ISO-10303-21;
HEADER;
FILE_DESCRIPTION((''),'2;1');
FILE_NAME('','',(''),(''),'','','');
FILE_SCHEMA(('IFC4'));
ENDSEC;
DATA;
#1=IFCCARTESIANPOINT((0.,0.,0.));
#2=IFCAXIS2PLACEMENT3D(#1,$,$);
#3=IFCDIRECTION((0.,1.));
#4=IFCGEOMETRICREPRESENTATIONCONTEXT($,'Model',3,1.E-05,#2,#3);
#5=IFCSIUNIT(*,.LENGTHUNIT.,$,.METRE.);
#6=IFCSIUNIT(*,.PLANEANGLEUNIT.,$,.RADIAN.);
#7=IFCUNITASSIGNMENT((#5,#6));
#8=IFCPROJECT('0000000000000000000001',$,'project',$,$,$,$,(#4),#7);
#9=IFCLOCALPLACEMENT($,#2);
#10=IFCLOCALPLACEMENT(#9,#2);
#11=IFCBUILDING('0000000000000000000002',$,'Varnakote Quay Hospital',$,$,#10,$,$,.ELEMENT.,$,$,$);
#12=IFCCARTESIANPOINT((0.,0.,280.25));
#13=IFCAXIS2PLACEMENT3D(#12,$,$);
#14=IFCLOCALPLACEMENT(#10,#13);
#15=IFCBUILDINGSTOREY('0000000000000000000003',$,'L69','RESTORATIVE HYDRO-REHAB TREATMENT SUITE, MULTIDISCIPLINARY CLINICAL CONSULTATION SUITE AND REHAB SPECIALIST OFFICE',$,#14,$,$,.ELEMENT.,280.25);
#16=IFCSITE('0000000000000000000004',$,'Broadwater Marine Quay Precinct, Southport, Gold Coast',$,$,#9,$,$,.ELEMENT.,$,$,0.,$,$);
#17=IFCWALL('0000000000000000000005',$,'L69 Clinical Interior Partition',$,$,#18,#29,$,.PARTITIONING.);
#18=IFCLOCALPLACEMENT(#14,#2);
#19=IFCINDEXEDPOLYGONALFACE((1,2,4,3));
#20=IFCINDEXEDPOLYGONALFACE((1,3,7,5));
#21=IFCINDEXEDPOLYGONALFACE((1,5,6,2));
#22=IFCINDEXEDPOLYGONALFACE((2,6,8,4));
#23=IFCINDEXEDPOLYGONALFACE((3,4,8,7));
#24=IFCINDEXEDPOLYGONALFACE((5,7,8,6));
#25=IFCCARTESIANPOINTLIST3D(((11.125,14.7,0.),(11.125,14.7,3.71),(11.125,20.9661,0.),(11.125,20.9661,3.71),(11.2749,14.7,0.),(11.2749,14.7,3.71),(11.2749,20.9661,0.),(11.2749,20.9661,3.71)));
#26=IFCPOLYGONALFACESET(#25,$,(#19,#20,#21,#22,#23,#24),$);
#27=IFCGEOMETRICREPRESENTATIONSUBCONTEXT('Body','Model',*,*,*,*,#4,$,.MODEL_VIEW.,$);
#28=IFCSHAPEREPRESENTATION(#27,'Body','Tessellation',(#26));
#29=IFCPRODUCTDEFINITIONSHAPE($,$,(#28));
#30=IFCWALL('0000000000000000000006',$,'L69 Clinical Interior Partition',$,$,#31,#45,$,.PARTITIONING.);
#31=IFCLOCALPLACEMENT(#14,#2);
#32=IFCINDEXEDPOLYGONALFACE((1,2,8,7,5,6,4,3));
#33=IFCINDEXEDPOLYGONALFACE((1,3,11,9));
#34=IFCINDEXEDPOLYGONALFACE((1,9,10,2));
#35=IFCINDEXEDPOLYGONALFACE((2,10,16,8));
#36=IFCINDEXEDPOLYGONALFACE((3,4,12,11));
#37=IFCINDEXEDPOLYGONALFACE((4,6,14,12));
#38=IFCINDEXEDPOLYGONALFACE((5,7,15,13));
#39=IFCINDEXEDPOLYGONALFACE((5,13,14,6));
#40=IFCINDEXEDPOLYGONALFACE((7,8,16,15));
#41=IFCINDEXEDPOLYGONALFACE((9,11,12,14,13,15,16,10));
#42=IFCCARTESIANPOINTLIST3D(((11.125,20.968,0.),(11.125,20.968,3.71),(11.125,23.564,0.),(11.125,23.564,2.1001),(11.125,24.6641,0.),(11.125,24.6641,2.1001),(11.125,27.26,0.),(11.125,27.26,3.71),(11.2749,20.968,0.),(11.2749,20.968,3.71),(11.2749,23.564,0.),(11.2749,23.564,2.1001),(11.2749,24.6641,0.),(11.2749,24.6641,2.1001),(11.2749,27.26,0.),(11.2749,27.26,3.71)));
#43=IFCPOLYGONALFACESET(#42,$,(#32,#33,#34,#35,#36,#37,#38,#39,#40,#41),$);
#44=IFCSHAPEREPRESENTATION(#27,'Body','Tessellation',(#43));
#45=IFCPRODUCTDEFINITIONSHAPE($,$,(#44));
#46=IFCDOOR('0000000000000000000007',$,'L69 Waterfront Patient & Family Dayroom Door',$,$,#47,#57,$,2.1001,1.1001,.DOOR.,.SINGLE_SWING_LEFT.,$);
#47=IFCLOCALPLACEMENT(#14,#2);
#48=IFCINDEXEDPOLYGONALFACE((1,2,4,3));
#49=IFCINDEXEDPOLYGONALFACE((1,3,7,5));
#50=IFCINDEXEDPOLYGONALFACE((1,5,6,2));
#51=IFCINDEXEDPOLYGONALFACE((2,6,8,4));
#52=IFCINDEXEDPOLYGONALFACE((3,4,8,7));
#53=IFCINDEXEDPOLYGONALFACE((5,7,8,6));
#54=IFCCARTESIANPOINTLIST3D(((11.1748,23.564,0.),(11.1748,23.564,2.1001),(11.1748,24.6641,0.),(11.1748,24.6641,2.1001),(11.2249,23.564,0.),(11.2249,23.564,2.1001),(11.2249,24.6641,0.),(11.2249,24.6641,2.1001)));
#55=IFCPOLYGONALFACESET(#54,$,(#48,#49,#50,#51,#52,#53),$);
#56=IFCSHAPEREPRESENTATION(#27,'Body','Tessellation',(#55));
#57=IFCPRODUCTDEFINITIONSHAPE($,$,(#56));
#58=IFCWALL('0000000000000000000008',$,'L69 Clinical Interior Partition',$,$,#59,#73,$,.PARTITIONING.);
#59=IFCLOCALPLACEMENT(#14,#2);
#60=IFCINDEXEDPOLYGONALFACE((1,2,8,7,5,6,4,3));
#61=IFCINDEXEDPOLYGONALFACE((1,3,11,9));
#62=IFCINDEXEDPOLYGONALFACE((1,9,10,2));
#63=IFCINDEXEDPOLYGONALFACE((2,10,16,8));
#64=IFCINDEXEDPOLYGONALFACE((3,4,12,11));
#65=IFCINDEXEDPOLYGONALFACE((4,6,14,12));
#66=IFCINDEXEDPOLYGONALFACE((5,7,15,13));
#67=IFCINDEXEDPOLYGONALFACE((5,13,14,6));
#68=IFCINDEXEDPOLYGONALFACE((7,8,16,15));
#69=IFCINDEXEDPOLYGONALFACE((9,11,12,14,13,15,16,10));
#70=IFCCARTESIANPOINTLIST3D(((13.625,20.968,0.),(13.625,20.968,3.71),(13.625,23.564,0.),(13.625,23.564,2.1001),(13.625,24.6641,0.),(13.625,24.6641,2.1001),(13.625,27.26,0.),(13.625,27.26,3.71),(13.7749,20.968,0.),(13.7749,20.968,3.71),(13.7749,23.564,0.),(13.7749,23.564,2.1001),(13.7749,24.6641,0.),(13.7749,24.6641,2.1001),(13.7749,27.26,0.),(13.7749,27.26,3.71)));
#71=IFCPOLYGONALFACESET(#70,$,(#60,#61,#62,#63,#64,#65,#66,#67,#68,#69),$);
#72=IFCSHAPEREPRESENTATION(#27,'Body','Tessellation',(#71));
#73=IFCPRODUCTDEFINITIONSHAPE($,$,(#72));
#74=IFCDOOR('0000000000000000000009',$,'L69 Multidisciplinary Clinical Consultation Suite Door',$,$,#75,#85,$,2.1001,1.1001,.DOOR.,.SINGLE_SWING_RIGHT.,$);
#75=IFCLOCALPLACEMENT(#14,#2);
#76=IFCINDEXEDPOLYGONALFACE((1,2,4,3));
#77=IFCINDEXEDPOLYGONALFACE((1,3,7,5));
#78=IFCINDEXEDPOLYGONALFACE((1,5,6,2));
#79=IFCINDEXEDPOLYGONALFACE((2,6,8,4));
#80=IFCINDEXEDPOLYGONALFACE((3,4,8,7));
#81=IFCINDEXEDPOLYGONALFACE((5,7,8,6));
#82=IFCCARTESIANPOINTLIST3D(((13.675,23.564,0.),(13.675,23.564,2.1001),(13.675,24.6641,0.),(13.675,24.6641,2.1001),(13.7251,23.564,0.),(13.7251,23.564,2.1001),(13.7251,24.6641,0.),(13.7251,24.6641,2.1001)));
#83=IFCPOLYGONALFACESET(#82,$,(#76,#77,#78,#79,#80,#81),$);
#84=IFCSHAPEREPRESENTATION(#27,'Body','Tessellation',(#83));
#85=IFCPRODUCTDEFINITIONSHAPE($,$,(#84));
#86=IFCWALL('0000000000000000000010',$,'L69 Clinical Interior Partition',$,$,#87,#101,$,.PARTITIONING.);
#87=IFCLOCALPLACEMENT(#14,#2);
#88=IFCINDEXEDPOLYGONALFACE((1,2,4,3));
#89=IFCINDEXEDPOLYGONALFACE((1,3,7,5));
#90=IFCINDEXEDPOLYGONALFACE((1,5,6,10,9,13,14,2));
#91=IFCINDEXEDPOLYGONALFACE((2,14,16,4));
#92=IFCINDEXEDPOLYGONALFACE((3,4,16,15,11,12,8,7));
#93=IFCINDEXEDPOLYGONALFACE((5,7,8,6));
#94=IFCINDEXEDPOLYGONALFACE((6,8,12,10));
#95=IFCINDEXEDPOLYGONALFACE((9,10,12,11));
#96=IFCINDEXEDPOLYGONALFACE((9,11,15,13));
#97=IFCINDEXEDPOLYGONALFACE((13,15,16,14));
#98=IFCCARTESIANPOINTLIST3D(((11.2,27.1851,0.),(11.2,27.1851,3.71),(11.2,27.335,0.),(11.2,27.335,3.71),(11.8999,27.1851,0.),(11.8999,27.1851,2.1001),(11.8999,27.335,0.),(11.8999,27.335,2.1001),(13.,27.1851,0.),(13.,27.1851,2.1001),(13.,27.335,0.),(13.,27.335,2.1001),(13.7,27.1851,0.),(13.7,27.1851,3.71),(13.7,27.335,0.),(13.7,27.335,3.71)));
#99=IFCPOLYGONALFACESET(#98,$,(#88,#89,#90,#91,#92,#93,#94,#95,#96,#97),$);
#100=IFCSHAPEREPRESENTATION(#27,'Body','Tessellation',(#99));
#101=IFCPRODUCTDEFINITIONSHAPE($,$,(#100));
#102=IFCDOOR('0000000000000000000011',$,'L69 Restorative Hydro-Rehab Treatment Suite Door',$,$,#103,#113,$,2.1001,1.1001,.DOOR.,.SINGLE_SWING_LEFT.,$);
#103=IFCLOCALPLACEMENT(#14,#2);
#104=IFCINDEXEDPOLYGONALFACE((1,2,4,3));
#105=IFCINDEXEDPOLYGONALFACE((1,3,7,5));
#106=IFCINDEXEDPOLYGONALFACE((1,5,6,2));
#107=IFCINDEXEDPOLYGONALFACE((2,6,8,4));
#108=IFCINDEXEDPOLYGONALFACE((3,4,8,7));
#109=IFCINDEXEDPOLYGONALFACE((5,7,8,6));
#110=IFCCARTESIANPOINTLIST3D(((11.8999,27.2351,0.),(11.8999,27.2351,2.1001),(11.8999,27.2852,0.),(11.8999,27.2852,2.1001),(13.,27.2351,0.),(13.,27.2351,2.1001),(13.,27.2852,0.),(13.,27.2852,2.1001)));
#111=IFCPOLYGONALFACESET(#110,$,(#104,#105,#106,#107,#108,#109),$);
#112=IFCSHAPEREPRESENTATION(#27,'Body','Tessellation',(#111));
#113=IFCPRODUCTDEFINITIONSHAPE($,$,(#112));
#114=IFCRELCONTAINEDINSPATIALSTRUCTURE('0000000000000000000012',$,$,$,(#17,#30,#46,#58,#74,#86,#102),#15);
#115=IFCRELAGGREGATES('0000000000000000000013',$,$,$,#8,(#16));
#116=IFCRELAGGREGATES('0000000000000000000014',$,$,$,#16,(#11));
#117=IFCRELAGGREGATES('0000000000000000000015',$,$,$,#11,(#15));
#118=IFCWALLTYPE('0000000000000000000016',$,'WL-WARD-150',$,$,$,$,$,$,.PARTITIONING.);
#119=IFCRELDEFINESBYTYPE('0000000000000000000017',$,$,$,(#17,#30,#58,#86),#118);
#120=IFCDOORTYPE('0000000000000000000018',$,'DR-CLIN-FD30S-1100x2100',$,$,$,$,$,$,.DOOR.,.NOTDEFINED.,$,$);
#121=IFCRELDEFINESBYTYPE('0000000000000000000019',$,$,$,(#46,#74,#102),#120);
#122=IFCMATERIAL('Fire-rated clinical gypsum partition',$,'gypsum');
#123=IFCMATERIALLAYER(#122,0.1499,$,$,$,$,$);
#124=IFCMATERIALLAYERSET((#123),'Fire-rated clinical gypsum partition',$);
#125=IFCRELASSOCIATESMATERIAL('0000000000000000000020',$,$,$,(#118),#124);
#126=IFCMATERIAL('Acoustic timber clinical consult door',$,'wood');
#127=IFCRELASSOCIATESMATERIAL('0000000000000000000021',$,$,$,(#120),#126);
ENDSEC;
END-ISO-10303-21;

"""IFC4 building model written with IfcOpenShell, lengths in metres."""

from ifc_helpers import new_model, si_unit, direction, frame, frame_2d, origin, place, context, subcontext, project, spatial, rectangle, extrude, material, layer, layer_set, type_object, element, fill, save


model = new_model("IFC4")

# Units and contexts
model_context = context("Model", 3, precision=1e-05, world=origin(), true_north=direction((0.0, 1.0)))
body_context = subcontext(model_context, "Body", "Model", "MODEL_VIEW")
ifc_project = project(units=[si_unit("LENGTHUNIT", "METRE"), si_unit("PLANEANGLEUNIT", "RADIAN")], contexts=[model_context])

# Site, building, storey
site_placement = place(None, origin())
site = spatial("IfcSite", under=ifc_project, at=site_placement, Name="Broadwater Marine Quay Precinct, Southport, Gold Coast", CompositionType="ELEMENT", RefElevation=0.0)
building_placement = place(site_placement, origin())
building = spatial("IfcBuilding", under=site, at=building_placement, Name="Varnakote Quay Hospital", CompositionType="ELEMENT")
storey_placement = place(building_placement, frame((0.0, 0.0, 280.25)))
storey = spatial("IfcBuildingStorey", under=building, at=storey_placement, Name="L69", Description="RESTORATIVE HYDRO-REHAB TREATMENT SUITE, MULTIDISCIPLINARY CLINICAL CONSULTATION SUITE AND REHAB SPECIALIST OFFICE", CompositionType="ELEMENT", Elevation=280.25)

# Wall
ifc_material_1 = material(Name="Fire-rated clinical gypsum partition", Category="gypsum")
ifc_layer_1 = layer(ifc_material_1, 0.1499)
ifc_layer_set_1 = layer_set([ifc_layer_1], Name="Fire-rated clinical gypsum partition")
wall_type_1 = type_object("IfcWallType", Name="WL-WARD-150", PredefinedType="PARTITIONING", material=ifc_layer_set_1)
wall_1_placement = place(storey_placement, frame((11.2, 20.9661, 0.0), z_axis=(0.0, 0.0, 1.0), x_axis=(0.0, -1.0, 0.0)))
element("IfcWall", 1, at=wall_1_placement, inside=storey, type_object=wall_type_1, Name="L69 Clinical Interior Partition", PredefinedType="PARTITIONING", context=body_context, shape_type="SweptSolid", body=[
    extrude(rectangle(XDim=6.2661, YDim=0.1499, at=frame_2d((3.1331, 0.0))), origin(), (0.0, 0.0, 1.0), 3.71),
])

# Walls, openings, doors
wall_2_placement = place(storey_placement, frame((11.2, 27.26, 0.0), z_axis=(0.0, 0.0, 1.0), x_axis=(0.0, -1.0, 0.0)))
wall_2 = element("IfcWall", 2, at=wall_2_placement, inside=storey, type_object=wall_type_1, Name="L69 Clinical Interior Partition", PredefinedType="PARTITIONING", context=body_context, shape_type="SweptSolid", body=[
    extrude(rectangle(XDim=6.292, YDim=0.1499, at=frame_2d((3.146, 0.0))), origin(), (0.0, 0.0, 1.0), 3.71),
])
opening_1_placement = place(wall_2_placement, frame((2.5959, 0.0, 0.0)))
opening_1 = element("IfcOpeningElement", 3, at=opening_1_placement, cuts=wall_2, PredefinedType="OPENING", context=body_context, shape_type="SweptSolid", body=[
    extrude(rectangle(XDim=1.1001, YDim=2.1001, at=frame_2d((0.55, 1.05))), frame((0.0, 0.085, 0.0), z_axis=(0.0, -1.0, 0.0), x_axis=(1.0, 0.0, 0.0)), (0.0, 0.0, 1.0), 0.1699),
])
ifc_material_2 = material(Name="Acoustic timber clinical consult door", Category="wood")
door_type = type_object("IfcDoorType", Name="DR-CLIN-FD30S-1100x2100", OperationType="NOTDEFINED", PredefinedType="DOOR", material=ifc_material_2)
door_1_placement = place(opening_1_placement, origin())
door_1 = element("IfcDoor", 4, at=door_1_placement, inside=storey, type_object=door_type, Name="L69 Waterfront Patient & Family Dayroom Door", OperationType="SINGLE_SWING_LEFT", OverallHeight=2.1001, OverallWidth=1.1001, PredefinedType="DOOR", context=body_context, shape_type="SweptSolid", body=[
    extrude(rectangle(XDim=1.1001, YDim=2.1001, at=frame_2d((0.55, 1.05))), frame((0.0, 0.0249, 0.0), z_axis=(0.0, -1.0, 0.0), x_axis=(1.0, 0.0, 0.0)), (0.0, 0.0, 1.0), 0.05),
])
fill(opening_1, door_1)
wall_3_placement = place(storey_placement, frame((13.7, 20.968, 0.0), z_axis=(0.0, 0.0, 1.0), x_axis=(0.0, 1.0, 0.0)))
wall_3 = element("IfcWall", 5, at=wall_3_placement, inside=storey, type_object=wall_type_1, Name="L69 Clinical Interior Partition", PredefinedType="PARTITIONING", context=body_context, shape_type="SweptSolid", body=[
    extrude(rectangle(XDim=6.292, YDim=0.1499, at=frame_2d((3.146, 0.0))), origin(), (0.0, 0.0, 1.0), 3.71),
])
opening_2_placement = place(wall_3_placement, frame((2.5959, 0.0, 0.0)))
opening_2 = element("IfcOpeningElement", 6, at=opening_2_placement, cuts=wall_3, PredefinedType="OPENING", context=body_context, shape_type="SweptSolid", body=[
    extrude(rectangle(XDim=1.1001, YDim=2.1001, at=frame_2d((0.55, 1.05))), frame((0.0, 0.085, 0.0), z_axis=(0.0, -1.0, 0.0), x_axis=(1.0, 0.0, 0.0)), (0.0, 0.0, 1.0), 0.1699),
])
door_2_placement = place(opening_2_placement, origin())
door_2 = element("IfcDoor", 7, at=door_2_placement, inside=storey, type_object=door_type, Name="L69 Multidisciplinary Clinical Consultation Suite Door", OperationType="SINGLE_SWING_RIGHT", OverallHeight=2.1001, OverallWidth=1.1001, PredefinedType="DOOR", context=body_context, shape_type="SweptSolid", body=[
    extrude(rectangle(XDim=1.1001, YDim=2.1001, at=frame_2d((0.55, 1.05))), frame((0.0, 0.0249, 0.0), z_axis=(0.0, -1.0, 0.0), x_axis=(1.0, 0.0, 0.0)), (0.0, 0.0, 1.0), 0.05),
])
fill(opening_2, door_2)
wall_4_placement = place(storey_placement, frame((13.7, 27.26, 0.0), z_axis=(0.0, 0.0, 1.0), x_axis=(-1.0, 0.0, 0.0)))
wall_4 = element("IfcWall", 8, at=wall_4_placement, inside=storey, type_object=wall_type_1, Name="L69 Clinical Interior Partition", PredefinedType="PARTITIONING", context=body_context, shape_type="SweptSolid", body=[
    extrude(rectangle(XDim=2.5, YDim=0.1499, at=frame_2d((1.25, 0.0))), origin(), (0.0, 0.0, 1.0), 3.71),
])
opening_3_placement = place(wall_4_placement, frame((0.7, 0.0, 0.0)))
opening_3 = element("IfcOpeningElement", 9, at=opening_3_placement, cuts=wall_4, PredefinedType="OPENING", context=body_context, shape_type="SweptSolid", body=[
    extrude(rectangle(XDim=1.1001, YDim=2.1001, at=frame_2d((0.55, 1.05))), frame((0.0, 0.085, 0.0), z_axis=(0.0, -1.0, 0.0), x_axis=(1.0, 0.0, 0.0)), (0.0, 0.0, 1.0), 0.1699),
])
door_3_placement = place(opening_3_placement, origin())
door_3 = element("IfcDoor", 10, at=door_3_placement, inside=storey, type_object=door_type, Name="L69 Restorative Hydro-Rehab Treatment Suite Door", OperationType="SINGLE_SWING_LEFT", OverallHeight=2.1001, OverallWidth=1.1001, PredefinedType="DOOR", context=body_context, shape_type="SweptSolid", body=[
    extrude(rectangle(XDim=1.1001, YDim=2.1001, at=frame_2d((0.55, 1.05))), frame((0.0, 0.0249, 0.0), z_axis=(0.0, -1.0, 0.0), x_axis=(1.0, 0.0, 0.0)), (0.0, 0.0, 1.0), 0.05),
])
fill(opening_3, door_3)

save(model, "model.ifc")
